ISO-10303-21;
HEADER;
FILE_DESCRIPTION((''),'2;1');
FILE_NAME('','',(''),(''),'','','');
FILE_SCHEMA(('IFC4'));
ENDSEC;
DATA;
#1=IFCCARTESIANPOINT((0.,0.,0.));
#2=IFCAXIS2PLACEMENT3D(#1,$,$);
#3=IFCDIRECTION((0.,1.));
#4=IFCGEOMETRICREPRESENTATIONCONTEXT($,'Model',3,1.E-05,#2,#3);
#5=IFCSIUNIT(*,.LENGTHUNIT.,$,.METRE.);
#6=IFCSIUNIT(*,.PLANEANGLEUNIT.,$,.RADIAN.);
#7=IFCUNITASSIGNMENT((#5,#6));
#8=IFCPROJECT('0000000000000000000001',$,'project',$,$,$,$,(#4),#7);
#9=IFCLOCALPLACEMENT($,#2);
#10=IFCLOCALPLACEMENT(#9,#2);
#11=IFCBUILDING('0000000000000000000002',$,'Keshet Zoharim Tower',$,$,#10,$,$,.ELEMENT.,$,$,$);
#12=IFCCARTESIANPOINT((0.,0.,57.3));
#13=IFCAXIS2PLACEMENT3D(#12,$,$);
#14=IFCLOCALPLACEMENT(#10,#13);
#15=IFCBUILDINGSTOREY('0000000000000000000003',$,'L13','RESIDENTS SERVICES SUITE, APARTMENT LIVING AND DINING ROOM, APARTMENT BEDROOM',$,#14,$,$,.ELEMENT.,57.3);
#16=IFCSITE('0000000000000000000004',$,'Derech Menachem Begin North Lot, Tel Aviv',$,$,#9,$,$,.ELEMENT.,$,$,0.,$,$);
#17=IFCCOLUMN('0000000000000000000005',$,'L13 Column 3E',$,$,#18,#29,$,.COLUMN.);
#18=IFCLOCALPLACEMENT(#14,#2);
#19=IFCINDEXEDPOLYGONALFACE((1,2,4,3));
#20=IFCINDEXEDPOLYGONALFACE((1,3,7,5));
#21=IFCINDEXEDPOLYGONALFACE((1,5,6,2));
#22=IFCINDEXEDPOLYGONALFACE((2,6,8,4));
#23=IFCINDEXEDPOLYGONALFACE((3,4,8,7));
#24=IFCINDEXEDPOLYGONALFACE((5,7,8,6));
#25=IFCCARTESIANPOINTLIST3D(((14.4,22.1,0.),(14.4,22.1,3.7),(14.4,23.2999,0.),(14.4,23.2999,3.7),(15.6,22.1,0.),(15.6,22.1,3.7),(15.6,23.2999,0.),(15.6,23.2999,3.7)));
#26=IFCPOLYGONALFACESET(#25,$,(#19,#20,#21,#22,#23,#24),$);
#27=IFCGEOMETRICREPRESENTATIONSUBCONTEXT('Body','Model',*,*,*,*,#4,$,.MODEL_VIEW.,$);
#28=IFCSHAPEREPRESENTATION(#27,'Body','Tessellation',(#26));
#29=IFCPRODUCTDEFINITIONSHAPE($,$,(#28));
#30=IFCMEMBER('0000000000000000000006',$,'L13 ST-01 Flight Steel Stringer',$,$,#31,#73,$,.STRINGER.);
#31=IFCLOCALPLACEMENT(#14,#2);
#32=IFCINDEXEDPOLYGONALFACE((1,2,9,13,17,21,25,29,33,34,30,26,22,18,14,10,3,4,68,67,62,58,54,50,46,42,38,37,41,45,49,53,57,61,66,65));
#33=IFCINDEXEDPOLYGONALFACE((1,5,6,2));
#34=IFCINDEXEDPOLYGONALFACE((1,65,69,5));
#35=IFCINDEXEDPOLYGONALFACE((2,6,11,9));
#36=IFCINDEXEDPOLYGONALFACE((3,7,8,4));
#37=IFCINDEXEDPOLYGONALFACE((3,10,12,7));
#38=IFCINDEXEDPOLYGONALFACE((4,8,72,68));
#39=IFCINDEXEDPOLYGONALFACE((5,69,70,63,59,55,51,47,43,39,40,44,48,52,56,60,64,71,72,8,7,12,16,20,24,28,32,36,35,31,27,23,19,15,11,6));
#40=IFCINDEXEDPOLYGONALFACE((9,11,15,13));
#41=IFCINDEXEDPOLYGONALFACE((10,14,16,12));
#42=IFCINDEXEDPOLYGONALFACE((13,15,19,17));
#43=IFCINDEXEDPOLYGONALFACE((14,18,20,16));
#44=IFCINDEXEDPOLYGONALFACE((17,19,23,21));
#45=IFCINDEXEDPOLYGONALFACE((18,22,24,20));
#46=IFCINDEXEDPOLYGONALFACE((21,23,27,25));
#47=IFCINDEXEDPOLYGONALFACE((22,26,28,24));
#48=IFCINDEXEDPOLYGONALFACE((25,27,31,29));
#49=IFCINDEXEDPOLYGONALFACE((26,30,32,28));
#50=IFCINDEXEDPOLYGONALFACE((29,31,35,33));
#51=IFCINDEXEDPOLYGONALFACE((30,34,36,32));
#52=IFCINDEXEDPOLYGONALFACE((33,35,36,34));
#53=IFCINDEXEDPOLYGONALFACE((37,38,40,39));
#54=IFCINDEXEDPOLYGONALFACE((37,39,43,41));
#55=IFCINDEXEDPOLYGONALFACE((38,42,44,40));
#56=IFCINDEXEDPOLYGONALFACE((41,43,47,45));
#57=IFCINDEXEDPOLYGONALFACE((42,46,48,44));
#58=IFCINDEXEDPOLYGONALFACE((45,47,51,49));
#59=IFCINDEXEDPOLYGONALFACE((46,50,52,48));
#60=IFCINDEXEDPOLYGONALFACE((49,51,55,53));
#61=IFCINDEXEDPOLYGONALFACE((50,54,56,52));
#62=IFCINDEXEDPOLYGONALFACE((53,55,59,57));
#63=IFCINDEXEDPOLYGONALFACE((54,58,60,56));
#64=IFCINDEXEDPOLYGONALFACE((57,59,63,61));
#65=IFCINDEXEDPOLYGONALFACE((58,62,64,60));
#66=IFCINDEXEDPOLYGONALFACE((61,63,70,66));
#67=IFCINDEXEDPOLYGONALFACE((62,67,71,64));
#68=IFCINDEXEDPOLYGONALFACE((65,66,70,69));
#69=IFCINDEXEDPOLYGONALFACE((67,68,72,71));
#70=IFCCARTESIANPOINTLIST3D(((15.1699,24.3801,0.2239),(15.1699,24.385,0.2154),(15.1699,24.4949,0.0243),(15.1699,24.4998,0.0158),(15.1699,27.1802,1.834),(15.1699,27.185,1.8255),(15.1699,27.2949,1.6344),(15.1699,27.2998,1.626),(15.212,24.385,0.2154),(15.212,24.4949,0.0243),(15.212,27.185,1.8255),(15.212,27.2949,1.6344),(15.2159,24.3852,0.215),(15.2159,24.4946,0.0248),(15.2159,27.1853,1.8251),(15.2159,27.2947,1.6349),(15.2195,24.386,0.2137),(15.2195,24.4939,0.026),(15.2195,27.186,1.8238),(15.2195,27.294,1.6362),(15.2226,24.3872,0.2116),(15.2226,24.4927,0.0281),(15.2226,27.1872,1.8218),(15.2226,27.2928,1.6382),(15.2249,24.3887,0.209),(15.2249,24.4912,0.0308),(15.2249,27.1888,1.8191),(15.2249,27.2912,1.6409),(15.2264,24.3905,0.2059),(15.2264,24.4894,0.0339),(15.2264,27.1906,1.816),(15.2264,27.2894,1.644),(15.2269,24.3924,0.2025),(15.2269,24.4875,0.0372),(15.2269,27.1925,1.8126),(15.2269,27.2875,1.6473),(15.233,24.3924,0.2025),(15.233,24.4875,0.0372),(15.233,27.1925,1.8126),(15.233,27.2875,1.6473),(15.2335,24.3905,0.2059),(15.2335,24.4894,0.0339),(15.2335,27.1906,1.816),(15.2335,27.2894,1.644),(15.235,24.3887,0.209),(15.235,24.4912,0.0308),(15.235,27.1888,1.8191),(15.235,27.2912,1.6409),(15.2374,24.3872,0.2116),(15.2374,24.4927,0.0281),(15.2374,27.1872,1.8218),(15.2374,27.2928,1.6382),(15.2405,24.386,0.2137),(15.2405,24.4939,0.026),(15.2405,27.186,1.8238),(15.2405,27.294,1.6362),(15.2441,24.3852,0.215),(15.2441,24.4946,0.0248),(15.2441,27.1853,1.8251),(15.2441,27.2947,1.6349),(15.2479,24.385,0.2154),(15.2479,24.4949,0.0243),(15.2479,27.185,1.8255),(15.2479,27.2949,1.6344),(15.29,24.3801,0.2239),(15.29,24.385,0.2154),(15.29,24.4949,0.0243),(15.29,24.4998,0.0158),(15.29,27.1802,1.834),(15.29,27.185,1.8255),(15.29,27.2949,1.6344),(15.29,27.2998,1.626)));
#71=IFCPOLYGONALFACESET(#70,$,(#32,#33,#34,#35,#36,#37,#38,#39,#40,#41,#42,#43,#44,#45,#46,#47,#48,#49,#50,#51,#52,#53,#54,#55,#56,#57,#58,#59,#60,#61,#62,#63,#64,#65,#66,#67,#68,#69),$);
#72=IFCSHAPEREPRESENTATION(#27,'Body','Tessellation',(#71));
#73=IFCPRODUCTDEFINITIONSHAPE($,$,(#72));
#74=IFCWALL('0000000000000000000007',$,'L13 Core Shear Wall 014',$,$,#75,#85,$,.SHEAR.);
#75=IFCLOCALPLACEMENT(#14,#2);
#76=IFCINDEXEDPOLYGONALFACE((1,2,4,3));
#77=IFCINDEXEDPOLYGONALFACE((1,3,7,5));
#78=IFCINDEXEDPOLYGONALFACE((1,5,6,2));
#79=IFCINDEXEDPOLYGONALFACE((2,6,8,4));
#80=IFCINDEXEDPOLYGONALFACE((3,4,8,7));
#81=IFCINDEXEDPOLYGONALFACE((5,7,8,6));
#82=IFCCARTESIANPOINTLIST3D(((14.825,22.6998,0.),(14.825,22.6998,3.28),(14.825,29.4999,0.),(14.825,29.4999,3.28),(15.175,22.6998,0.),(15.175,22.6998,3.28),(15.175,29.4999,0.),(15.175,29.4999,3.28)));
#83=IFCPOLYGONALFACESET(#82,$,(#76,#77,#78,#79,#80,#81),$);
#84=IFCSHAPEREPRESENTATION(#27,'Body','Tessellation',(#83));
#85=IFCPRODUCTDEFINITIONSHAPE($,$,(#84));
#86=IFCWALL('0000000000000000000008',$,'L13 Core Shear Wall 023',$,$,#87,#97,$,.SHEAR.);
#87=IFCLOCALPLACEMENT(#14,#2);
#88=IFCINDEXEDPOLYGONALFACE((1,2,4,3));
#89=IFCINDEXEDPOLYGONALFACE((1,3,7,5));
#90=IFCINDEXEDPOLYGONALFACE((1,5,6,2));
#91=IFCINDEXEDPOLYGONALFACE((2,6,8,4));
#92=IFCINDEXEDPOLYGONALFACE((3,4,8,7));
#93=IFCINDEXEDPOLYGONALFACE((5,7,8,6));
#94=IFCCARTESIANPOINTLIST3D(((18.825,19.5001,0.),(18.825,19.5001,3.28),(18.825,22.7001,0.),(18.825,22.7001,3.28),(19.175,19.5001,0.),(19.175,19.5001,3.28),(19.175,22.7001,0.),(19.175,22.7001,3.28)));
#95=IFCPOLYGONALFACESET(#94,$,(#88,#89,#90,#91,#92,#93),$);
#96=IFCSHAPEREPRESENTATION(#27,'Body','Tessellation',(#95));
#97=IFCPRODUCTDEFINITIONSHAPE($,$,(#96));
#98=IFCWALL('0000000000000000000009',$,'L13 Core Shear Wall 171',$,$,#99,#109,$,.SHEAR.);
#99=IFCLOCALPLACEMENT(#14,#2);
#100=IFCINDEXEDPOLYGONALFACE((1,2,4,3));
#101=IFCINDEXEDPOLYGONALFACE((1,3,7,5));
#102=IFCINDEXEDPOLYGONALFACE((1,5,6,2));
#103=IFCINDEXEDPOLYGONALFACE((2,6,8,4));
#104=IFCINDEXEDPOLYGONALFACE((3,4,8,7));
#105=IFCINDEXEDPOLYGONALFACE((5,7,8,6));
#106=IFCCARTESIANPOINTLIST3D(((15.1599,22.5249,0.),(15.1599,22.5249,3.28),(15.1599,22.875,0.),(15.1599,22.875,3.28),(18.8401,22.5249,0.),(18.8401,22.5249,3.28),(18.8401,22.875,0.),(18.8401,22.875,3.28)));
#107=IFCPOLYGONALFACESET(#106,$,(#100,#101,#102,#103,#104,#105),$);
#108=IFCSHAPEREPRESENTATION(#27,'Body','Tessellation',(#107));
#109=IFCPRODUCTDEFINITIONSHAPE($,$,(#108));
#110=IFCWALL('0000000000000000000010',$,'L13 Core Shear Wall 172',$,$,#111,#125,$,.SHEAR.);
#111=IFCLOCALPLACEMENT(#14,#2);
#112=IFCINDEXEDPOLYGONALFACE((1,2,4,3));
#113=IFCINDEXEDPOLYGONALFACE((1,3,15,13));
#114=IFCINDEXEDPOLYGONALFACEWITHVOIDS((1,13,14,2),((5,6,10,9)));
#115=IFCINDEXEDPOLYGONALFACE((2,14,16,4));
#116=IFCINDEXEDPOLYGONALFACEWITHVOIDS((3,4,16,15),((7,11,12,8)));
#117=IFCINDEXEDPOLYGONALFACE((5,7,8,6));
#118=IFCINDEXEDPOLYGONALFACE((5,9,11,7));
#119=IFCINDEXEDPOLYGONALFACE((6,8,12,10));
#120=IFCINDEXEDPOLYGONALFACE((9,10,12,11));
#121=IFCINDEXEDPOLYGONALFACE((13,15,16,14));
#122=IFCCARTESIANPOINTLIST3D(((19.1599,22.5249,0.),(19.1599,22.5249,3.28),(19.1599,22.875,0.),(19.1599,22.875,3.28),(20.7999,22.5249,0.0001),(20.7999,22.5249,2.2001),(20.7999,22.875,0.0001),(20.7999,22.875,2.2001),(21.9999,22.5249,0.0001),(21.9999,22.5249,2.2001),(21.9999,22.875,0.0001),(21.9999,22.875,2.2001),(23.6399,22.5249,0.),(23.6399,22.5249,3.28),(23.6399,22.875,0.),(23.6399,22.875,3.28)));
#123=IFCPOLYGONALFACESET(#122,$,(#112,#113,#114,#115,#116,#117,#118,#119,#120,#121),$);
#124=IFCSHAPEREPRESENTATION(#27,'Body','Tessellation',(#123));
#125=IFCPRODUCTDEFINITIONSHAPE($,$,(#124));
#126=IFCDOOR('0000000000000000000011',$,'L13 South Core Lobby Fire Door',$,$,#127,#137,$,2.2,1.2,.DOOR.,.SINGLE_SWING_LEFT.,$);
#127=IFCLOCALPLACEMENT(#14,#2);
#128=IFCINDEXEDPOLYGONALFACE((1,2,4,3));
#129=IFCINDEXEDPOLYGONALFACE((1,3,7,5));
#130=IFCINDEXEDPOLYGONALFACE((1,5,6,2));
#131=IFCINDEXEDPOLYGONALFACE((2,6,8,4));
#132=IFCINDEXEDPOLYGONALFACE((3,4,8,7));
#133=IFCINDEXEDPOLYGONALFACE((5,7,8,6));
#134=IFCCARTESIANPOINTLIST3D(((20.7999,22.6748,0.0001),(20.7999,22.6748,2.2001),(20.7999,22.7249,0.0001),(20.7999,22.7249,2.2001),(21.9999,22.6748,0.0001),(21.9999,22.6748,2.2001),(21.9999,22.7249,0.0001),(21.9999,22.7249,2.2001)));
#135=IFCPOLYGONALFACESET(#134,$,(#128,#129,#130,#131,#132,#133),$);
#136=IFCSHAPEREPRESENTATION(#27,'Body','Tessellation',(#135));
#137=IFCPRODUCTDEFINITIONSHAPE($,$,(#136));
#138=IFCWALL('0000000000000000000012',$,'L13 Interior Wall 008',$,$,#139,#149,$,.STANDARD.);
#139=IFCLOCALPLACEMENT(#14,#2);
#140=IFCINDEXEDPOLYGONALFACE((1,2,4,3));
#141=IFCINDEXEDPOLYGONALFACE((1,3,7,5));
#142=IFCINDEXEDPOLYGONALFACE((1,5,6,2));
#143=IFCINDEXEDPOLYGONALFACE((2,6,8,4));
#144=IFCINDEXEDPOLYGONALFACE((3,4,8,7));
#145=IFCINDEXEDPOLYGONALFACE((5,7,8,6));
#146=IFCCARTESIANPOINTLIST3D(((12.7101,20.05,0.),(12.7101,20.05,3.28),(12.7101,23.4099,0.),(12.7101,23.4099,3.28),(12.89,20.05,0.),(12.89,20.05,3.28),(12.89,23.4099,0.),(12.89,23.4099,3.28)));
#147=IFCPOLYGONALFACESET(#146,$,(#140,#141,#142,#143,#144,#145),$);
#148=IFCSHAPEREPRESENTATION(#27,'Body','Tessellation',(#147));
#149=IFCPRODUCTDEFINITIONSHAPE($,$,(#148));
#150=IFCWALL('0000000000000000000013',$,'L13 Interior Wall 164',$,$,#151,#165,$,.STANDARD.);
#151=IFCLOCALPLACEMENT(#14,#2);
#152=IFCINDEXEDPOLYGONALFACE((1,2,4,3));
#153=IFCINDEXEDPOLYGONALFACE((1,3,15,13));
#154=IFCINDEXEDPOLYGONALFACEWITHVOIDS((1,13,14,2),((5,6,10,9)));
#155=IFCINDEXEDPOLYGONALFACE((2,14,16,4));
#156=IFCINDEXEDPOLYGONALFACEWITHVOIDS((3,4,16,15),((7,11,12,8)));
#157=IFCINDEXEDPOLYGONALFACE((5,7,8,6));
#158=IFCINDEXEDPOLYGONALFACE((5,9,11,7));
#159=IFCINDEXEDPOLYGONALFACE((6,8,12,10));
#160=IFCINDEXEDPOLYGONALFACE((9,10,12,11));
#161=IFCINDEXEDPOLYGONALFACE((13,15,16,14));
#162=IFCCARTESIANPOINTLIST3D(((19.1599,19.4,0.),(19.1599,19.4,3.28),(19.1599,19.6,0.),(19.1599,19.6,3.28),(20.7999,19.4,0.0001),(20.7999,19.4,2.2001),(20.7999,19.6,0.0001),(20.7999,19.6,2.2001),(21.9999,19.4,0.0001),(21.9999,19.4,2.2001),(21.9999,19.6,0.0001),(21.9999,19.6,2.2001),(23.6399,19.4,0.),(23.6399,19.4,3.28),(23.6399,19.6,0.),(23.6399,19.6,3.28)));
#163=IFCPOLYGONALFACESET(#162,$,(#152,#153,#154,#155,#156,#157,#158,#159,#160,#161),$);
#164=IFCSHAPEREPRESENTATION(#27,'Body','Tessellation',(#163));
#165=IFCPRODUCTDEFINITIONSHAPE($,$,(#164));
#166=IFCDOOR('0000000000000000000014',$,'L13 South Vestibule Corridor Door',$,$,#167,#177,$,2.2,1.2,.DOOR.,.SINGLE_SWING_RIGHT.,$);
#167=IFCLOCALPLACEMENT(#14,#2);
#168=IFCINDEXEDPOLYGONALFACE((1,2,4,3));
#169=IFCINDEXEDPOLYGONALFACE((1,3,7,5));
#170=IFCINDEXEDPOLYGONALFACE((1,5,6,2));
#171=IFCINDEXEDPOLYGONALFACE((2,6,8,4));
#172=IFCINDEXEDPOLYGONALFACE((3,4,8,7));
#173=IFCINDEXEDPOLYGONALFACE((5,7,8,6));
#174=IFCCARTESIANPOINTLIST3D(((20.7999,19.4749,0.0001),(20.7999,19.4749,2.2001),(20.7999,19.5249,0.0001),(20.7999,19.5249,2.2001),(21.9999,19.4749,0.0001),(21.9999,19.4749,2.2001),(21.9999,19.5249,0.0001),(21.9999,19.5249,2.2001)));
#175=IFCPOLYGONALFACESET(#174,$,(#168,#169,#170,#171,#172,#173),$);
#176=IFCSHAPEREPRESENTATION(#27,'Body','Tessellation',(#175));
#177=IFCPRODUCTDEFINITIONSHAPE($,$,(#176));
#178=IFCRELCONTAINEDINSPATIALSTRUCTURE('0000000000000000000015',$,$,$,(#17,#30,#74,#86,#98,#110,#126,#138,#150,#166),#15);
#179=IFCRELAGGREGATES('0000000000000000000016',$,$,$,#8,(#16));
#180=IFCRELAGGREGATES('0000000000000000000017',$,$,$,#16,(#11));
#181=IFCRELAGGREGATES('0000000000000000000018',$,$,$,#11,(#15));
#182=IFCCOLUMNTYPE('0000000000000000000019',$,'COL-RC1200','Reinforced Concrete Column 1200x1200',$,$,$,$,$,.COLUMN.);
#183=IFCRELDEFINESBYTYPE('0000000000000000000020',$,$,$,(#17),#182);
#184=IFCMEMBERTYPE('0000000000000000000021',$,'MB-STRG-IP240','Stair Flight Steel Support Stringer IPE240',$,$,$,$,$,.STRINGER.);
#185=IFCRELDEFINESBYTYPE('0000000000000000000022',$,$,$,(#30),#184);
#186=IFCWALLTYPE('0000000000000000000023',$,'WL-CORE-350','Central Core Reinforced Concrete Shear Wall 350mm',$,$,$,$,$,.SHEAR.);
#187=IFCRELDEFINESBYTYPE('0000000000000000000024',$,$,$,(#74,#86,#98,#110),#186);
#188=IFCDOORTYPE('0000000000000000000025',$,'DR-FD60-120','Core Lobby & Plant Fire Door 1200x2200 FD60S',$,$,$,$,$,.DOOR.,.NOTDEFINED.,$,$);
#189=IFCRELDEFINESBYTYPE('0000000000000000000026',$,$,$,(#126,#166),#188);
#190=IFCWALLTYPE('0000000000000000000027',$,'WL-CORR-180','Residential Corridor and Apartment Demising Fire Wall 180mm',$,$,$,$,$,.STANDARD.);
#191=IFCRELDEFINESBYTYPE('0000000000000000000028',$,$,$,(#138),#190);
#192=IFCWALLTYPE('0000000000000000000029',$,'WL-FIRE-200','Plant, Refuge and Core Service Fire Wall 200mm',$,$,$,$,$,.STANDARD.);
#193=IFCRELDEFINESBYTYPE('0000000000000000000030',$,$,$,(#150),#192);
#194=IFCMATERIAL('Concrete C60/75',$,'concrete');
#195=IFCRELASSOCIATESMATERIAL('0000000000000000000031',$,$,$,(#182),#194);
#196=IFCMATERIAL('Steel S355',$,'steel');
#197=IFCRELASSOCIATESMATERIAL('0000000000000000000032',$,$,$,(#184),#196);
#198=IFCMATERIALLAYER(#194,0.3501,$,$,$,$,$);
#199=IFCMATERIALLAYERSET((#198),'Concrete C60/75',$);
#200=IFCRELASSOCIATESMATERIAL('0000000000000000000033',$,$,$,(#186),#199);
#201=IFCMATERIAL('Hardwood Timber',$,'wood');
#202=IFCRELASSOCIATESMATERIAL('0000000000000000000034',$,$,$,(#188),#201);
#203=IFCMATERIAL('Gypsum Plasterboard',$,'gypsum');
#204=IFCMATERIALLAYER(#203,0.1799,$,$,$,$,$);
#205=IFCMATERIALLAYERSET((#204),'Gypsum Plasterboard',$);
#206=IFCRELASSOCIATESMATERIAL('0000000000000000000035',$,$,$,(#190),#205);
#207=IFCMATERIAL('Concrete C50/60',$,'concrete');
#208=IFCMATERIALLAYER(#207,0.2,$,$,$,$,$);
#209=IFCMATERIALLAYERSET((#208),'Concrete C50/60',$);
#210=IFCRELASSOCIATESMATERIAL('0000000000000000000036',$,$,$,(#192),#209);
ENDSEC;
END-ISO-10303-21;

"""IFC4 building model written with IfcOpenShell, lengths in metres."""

from ifc_helpers import new_model, si_unit, direction, frame, frame_2d, origin, origin_2d, place, context, subcontext, project, spatial, rectangle, i_section, extrude, material, layer, layer_set, material_profile, profile_set, type_object, element, fill, save


model = new_model("IFC4")

# Units and contexts
model_context = context("Model", 3, precision=1e-05, world=origin(), true_north=direction((0.0, 1.0)))
body_context = subcontext(model_context, "Body", "Model", "MODEL_VIEW")
ifc_project = project(units=[si_unit("LENGTHUNIT", "METRE"), si_unit("PLANEANGLEUNIT", "RADIAN")], contexts=[model_context])

# Site, building, storey
site_placement = place(None, origin())
site = spatial("IfcSite", under=ifc_project, at=site_placement, Name="Derech Menachem Begin North Lot, Tel Aviv", CompositionType="ELEMENT", RefElevation=0.0)
building_placement = place(site_placement, origin())
building = spatial("IfcBuilding", under=site, at=building_placement, Name="Keshet Zoharim Tower", CompositionType="ELEMENT")
storey_placement = place(building_placement, frame((0.0, 0.0, 57.3)))
storey = spatial("IfcBuildingStorey", under=building, at=storey_placement, Name="L13", Description="RESIDENTS SERVICES SUITE, APARTMENT LIVING AND DINING ROOM, APARTMENT BEDROOM", CompositionType="ELEMENT", Elevation=57.3)

# Column
ifc_material_1 = material(Name="Concrete C60/75", Category="concrete")
ifc_material_profile_1 = material_profile(ifc_material_1, rectangle(XDim=1.2, YDim=1.2, at=origin_2d()), Name="RC1200x1200")
ifc_profile_set_1 = profile_set([ifc_material_profile_1], Name="Concrete C60/75")
column_type = type_object("IfcColumnType", Name="COL-RC1200", Description="Reinforced Concrete Column 1200x1200", PredefinedType="COLUMN", material=ifc_profile_set_1)
column_placement = place(storey_placement, frame((15.0, 22.7, 0.0), z_axis=(0.0, 0.0, 1.0), x_axis=(1.0, 0.0, 0.0)))
element("IfcColumn", 1, at=column_placement, inside=storey, type_object=column_type, Name="L13 Column 3E", PredefinedType="COLUMN", context=body_context, shape_type="SweptSolid", body=[
    extrude(rectangle(XDim=1.2, YDim=1.2, at=origin_2d()), origin(), (0.0, 0.0, 1.0), 3.7),
])

# Member
ifc_material_2 = material(Name="Steel S355", Category="steel")
ifc_material_profile_2 = material_profile(ifc_material_2, i_section(OverallWidth=0.1201, OverallDepth=0.24, WebThickness=0.0061, FlangeThickness=0.0098, FilletRadius=0.0149, at=origin_2d()), Name="IPE240")
ifc_profile_set_2 = profile_set([ifc_material_profile_2], Name="Steel S355")
member_type = type_object("IfcMemberType", Name="MB-STRG-IP240", Description="Stair Flight Steel Support Stringer IPE240", PredefinedType="STRINGER", material=ifc_profile_set_2)
member_placement = place(storey_placement, frame((15.23, 24.4399, 0.1199), z_axis=(0.0, 0.866896, 0.49849), x_axis=(-1.0, 0.0, 0.0)))
element("IfcMember", 2, at=member_placement, inside=storey, type_object=member_type, Name="L13 ST-01 Flight Steel Stringer", PredefinedType="STRINGER", context=body_context, shape_type="SweptSolid", body=[
    extrude(i_section(OverallWidth=0.1201, OverallDepth=0.24, WebThickness=0.0061, FlangeThickness=0.0098, FilletRadius=0.0149, at=origin_2d()), origin(), (0.0, 0.0, 1.0), 3.23),
])

# Walls
ifc_layer_1 = layer(ifc_material_1, 0.3501)
ifc_layer_set_1 = layer_set([ifc_layer_1], Name="Concrete C60/75")
wall_type_1 = type_object("IfcWallType", Name="WL-CORE-350", Description="Central Core Reinforced Concrete Shear Wall 350mm", PredefinedType="SHEAR", material=ifc_layer_set_1)
wall_1_placement = place(storey_placement, frame((15.0, 22.7, 0.0), z_axis=(0.0, 0.0, 1.0), x_axis=(0.0, 1.0, 0.0)))
element("IfcWall", 3, at=wall_1_placement, inside=storey, type_object=wall_type_1, Name="L13 Core Shear Wall 014", PredefinedType="SHEAR", context=body_context, shape_type="SweptSolid", body=[
    extrude(rectangle(XDim=6.8, YDim=0.3501, at=frame_2d((3.3999, 0.0))), origin(), (0.0, 0.0, 1.0), 3.28),
])
wall_2_placement = place(storey_placement, frame((19.0, 19.5, 0.0), z_axis=(0.0, 0.0, 1.0), x_axis=(0.0, 1.0, 0.0)))
element("IfcWall", 4, at=wall_2_placement, inside=storey, type_object=wall_type_1, Name="L13 Core Shear Wall 023", PredefinedType="SHEAR", context=body_context, shape_type="SweptSolid", body=[
    extrude(rectangle(XDim=3.2, YDim=0.3501, at=frame_2d((1.6001, 0.0))), origin(), (0.0, 0.0, 1.0), 3.28),
])

# Shared definitions
ifc_material_3 = material(Name="Hardwood Timber", Category="wood")

# Wall
wall_3_placement = place(storey_placement, frame((15.1599, 22.7, 0.0), z_axis=(0.0, 0.0, 1.0), x_axis=(1.0, 0.0, 0.0)))
element("IfcWall", 5, at=wall_3_placement, inside=storey, type_object=wall_type_1, Name="L13 Core Shear Wall 171", PredefinedType="SHEAR", context=body_context, shape_type="SweptSolid", body=[
    extrude(rectangle(XDim=3.6802, YDim=0.3501, at=frame_2d((1.8401, 0.0))), origin(), (0.0, 0.0, 1.0), 3.28),
])

# Wall, opening, door
wall_4_placement = place(storey_placement, frame((19.1599, 22.7, 0.0), z_axis=(0.0, 0.0, 1.0), x_axis=(1.0, 0.0, 0.0)))
wall_4 = element("IfcWall", 6, at=wall_4_placement, inside=storey, type_object=wall_type_1, Name="L13 Core Shear Wall 172", PredefinedType="SHEAR", context=body_context, shape_type="SweptSolid", body=[
    extrude(rectangle(XDim=4.48, YDim=0.3501, at=frame_2d((2.24, 0.0))), origin(), (0.0, 0.0, 1.0), 3.28),
])
opening_1_placement = place(wall_4_placement, frame((1.6399, 0.0, 0.0)))
opening_1 = element("IfcOpeningElement", 7, at=opening_1_placement, cuts=wall_4, PredefinedType="OPENING", context=body_context, shape_type="SweptSolid", body=[
    extrude(rectangle(XDim=1.2, YDim=2.2, at=frame_2d((0.6001, 1.1001))), frame((0.0, 0.1851, 0.0), z_axis=(0.0, -1.0, 0.0), x_axis=(1.0, 0.0, 0.0)), (0.0, 0.0, 1.0), 0.3701),
])
door_type_1 = type_object("IfcDoorType", Name="DR-FD60-120", Description="Core Lobby & Plant Fire Door 1200x2200 FD60S", OperationType="NOTDEFINED", PredefinedType="DOOR", material=ifc_material_3)
door_1_placement = place(opening_1_placement, origin())
door_1 = element("IfcDoor", 8, at=door_1_placement, inside=storey, type_object=door_type_1, Name="L13 South Core Lobby Fire Door", OperationType="SINGLE_SWING_LEFT", OverallHeight=2.2, OverallWidth=1.2, PredefinedType="DOOR", context=body_context, shape_type="SweptSolid", body=[
    extrude(rectangle(XDim=1.2, YDim=2.2, at=frame_2d((0.6001, 1.1001))), frame((0.0, 0.0249, 0.0), z_axis=(0.0, -1.0, 0.0), x_axis=(1.0, 0.0, 0.0)), (0.0, 0.0, 1.0), 0.05),
])
fill(opening_1, door_1)

# Wall
ifc_material_4 = material(Name="Gypsum Plasterboard", Category="gypsum")
ifc_layer_2 = layer(ifc_material_4, 0.1799)
ifc_layer_set_2 = layer_set([ifc_layer_2], Name="Gypsum Plasterboard")
wall_type_2 = type_object("IfcWallType", Name="WL-CORR-180", Description="Residential Corridor and Apartment Demising Fire Wall 180mm", PredefinedType="STANDARD", material=ifc_layer_set_2)
wall_5_placement = place(storey_placement, frame((12.8, 20.05, 0.0), z_axis=(0.0, 0.0, 1.0), x_axis=(0.0, 1.0, 0.0)))
element("IfcWall", 9, at=wall_5_placement, inside=storey, type_object=wall_type_2, Name="L13 Interior Wall 008", PredefinedType="STANDARD", context=body_context, shape_type="SweptSolid", body=[
    extrude(rectangle(XDim=3.3599, YDim=0.1799, at=frame_2d((1.6799, 0.0))), origin(), (0.0, 0.0, 1.0), 3.28),
])

# Wall, opening, door
ifc_material_5 = material(Name="Concrete C50/60", Category="concrete")
ifc_layer_3 = layer(ifc_material_5, 0.2)
ifc_layer_set_3 = layer_set([ifc_layer_3], Name="Concrete C50/60")
wall_type_3 = type_object("IfcWallType", Name="WL-FIRE-200", Description="Plant, Refuge and Core Service Fire Wall 200mm", PredefinedType="STANDARD", material=ifc_layer_set_3)
wall_6_placement = place(storey_placement, frame((19.1599, 19.5, 0.0), z_axis=(0.0, 0.0, 1.0), x_axis=(1.0, 0.0, 0.0)))
wall_6 = element("IfcWall", 10, at=wall_6_placement, inside=storey, type_object=wall_type_3, Name="L13 Interior Wall 164", PredefinedType="STANDARD", context=body_context, shape_type="SweptSolid", body=[
    extrude(rectangle(XDim=4.48, YDim=0.2, at=frame_2d((2.24, 0.0))), origin(), (0.0, 0.0, 1.0), 3.28),
])
opening_2_placement = place(wall_6_placement, frame((1.6399, 0.0, 0.0)))
opening_2 = element("IfcOpeningElement", 11, at=opening_2_placement, cuts=wall_6, PredefinedType="OPENING", context=body_context, shape_type="SweptSolid", body=[
    extrude(rectangle(XDim=1.2, YDim=2.2, at=frame_2d((0.6001, 1.1001))), frame((0.0, 0.1099, 0.0), z_axis=(0.0, -1.0, 0.0), x_axis=(1.0, 0.0, 0.0)), (0.0, 0.0, 1.0), 0.22),
])
door_2_placement = place(opening_2_placement, origin())
door_2 = element("IfcDoor", 12, at=door_2_placement, inside=storey, type_object=door_type_1, Name="L13 South Vestibule Corridor Door", OperationType="SINGLE_SWING_RIGHT", OverallHeight=2.2, OverallWidth=1.2, PredefinedType="DOOR", context=body_context, shape_type="SweptSolid", body=[
    extrude(rectangle(XDim=1.2, YDim=2.2, at=frame_2d((0.6001, 1.1001))), frame((0.0, 0.0249, 0.0), z_axis=(0.0, -1.0, 0.0), x_axis=(1.0, 0.0, 0.0)), (0.0, 0.0, 1.0), 0.05),
])
fill(opening_2, door_2)

save(model, "model.ifc")
